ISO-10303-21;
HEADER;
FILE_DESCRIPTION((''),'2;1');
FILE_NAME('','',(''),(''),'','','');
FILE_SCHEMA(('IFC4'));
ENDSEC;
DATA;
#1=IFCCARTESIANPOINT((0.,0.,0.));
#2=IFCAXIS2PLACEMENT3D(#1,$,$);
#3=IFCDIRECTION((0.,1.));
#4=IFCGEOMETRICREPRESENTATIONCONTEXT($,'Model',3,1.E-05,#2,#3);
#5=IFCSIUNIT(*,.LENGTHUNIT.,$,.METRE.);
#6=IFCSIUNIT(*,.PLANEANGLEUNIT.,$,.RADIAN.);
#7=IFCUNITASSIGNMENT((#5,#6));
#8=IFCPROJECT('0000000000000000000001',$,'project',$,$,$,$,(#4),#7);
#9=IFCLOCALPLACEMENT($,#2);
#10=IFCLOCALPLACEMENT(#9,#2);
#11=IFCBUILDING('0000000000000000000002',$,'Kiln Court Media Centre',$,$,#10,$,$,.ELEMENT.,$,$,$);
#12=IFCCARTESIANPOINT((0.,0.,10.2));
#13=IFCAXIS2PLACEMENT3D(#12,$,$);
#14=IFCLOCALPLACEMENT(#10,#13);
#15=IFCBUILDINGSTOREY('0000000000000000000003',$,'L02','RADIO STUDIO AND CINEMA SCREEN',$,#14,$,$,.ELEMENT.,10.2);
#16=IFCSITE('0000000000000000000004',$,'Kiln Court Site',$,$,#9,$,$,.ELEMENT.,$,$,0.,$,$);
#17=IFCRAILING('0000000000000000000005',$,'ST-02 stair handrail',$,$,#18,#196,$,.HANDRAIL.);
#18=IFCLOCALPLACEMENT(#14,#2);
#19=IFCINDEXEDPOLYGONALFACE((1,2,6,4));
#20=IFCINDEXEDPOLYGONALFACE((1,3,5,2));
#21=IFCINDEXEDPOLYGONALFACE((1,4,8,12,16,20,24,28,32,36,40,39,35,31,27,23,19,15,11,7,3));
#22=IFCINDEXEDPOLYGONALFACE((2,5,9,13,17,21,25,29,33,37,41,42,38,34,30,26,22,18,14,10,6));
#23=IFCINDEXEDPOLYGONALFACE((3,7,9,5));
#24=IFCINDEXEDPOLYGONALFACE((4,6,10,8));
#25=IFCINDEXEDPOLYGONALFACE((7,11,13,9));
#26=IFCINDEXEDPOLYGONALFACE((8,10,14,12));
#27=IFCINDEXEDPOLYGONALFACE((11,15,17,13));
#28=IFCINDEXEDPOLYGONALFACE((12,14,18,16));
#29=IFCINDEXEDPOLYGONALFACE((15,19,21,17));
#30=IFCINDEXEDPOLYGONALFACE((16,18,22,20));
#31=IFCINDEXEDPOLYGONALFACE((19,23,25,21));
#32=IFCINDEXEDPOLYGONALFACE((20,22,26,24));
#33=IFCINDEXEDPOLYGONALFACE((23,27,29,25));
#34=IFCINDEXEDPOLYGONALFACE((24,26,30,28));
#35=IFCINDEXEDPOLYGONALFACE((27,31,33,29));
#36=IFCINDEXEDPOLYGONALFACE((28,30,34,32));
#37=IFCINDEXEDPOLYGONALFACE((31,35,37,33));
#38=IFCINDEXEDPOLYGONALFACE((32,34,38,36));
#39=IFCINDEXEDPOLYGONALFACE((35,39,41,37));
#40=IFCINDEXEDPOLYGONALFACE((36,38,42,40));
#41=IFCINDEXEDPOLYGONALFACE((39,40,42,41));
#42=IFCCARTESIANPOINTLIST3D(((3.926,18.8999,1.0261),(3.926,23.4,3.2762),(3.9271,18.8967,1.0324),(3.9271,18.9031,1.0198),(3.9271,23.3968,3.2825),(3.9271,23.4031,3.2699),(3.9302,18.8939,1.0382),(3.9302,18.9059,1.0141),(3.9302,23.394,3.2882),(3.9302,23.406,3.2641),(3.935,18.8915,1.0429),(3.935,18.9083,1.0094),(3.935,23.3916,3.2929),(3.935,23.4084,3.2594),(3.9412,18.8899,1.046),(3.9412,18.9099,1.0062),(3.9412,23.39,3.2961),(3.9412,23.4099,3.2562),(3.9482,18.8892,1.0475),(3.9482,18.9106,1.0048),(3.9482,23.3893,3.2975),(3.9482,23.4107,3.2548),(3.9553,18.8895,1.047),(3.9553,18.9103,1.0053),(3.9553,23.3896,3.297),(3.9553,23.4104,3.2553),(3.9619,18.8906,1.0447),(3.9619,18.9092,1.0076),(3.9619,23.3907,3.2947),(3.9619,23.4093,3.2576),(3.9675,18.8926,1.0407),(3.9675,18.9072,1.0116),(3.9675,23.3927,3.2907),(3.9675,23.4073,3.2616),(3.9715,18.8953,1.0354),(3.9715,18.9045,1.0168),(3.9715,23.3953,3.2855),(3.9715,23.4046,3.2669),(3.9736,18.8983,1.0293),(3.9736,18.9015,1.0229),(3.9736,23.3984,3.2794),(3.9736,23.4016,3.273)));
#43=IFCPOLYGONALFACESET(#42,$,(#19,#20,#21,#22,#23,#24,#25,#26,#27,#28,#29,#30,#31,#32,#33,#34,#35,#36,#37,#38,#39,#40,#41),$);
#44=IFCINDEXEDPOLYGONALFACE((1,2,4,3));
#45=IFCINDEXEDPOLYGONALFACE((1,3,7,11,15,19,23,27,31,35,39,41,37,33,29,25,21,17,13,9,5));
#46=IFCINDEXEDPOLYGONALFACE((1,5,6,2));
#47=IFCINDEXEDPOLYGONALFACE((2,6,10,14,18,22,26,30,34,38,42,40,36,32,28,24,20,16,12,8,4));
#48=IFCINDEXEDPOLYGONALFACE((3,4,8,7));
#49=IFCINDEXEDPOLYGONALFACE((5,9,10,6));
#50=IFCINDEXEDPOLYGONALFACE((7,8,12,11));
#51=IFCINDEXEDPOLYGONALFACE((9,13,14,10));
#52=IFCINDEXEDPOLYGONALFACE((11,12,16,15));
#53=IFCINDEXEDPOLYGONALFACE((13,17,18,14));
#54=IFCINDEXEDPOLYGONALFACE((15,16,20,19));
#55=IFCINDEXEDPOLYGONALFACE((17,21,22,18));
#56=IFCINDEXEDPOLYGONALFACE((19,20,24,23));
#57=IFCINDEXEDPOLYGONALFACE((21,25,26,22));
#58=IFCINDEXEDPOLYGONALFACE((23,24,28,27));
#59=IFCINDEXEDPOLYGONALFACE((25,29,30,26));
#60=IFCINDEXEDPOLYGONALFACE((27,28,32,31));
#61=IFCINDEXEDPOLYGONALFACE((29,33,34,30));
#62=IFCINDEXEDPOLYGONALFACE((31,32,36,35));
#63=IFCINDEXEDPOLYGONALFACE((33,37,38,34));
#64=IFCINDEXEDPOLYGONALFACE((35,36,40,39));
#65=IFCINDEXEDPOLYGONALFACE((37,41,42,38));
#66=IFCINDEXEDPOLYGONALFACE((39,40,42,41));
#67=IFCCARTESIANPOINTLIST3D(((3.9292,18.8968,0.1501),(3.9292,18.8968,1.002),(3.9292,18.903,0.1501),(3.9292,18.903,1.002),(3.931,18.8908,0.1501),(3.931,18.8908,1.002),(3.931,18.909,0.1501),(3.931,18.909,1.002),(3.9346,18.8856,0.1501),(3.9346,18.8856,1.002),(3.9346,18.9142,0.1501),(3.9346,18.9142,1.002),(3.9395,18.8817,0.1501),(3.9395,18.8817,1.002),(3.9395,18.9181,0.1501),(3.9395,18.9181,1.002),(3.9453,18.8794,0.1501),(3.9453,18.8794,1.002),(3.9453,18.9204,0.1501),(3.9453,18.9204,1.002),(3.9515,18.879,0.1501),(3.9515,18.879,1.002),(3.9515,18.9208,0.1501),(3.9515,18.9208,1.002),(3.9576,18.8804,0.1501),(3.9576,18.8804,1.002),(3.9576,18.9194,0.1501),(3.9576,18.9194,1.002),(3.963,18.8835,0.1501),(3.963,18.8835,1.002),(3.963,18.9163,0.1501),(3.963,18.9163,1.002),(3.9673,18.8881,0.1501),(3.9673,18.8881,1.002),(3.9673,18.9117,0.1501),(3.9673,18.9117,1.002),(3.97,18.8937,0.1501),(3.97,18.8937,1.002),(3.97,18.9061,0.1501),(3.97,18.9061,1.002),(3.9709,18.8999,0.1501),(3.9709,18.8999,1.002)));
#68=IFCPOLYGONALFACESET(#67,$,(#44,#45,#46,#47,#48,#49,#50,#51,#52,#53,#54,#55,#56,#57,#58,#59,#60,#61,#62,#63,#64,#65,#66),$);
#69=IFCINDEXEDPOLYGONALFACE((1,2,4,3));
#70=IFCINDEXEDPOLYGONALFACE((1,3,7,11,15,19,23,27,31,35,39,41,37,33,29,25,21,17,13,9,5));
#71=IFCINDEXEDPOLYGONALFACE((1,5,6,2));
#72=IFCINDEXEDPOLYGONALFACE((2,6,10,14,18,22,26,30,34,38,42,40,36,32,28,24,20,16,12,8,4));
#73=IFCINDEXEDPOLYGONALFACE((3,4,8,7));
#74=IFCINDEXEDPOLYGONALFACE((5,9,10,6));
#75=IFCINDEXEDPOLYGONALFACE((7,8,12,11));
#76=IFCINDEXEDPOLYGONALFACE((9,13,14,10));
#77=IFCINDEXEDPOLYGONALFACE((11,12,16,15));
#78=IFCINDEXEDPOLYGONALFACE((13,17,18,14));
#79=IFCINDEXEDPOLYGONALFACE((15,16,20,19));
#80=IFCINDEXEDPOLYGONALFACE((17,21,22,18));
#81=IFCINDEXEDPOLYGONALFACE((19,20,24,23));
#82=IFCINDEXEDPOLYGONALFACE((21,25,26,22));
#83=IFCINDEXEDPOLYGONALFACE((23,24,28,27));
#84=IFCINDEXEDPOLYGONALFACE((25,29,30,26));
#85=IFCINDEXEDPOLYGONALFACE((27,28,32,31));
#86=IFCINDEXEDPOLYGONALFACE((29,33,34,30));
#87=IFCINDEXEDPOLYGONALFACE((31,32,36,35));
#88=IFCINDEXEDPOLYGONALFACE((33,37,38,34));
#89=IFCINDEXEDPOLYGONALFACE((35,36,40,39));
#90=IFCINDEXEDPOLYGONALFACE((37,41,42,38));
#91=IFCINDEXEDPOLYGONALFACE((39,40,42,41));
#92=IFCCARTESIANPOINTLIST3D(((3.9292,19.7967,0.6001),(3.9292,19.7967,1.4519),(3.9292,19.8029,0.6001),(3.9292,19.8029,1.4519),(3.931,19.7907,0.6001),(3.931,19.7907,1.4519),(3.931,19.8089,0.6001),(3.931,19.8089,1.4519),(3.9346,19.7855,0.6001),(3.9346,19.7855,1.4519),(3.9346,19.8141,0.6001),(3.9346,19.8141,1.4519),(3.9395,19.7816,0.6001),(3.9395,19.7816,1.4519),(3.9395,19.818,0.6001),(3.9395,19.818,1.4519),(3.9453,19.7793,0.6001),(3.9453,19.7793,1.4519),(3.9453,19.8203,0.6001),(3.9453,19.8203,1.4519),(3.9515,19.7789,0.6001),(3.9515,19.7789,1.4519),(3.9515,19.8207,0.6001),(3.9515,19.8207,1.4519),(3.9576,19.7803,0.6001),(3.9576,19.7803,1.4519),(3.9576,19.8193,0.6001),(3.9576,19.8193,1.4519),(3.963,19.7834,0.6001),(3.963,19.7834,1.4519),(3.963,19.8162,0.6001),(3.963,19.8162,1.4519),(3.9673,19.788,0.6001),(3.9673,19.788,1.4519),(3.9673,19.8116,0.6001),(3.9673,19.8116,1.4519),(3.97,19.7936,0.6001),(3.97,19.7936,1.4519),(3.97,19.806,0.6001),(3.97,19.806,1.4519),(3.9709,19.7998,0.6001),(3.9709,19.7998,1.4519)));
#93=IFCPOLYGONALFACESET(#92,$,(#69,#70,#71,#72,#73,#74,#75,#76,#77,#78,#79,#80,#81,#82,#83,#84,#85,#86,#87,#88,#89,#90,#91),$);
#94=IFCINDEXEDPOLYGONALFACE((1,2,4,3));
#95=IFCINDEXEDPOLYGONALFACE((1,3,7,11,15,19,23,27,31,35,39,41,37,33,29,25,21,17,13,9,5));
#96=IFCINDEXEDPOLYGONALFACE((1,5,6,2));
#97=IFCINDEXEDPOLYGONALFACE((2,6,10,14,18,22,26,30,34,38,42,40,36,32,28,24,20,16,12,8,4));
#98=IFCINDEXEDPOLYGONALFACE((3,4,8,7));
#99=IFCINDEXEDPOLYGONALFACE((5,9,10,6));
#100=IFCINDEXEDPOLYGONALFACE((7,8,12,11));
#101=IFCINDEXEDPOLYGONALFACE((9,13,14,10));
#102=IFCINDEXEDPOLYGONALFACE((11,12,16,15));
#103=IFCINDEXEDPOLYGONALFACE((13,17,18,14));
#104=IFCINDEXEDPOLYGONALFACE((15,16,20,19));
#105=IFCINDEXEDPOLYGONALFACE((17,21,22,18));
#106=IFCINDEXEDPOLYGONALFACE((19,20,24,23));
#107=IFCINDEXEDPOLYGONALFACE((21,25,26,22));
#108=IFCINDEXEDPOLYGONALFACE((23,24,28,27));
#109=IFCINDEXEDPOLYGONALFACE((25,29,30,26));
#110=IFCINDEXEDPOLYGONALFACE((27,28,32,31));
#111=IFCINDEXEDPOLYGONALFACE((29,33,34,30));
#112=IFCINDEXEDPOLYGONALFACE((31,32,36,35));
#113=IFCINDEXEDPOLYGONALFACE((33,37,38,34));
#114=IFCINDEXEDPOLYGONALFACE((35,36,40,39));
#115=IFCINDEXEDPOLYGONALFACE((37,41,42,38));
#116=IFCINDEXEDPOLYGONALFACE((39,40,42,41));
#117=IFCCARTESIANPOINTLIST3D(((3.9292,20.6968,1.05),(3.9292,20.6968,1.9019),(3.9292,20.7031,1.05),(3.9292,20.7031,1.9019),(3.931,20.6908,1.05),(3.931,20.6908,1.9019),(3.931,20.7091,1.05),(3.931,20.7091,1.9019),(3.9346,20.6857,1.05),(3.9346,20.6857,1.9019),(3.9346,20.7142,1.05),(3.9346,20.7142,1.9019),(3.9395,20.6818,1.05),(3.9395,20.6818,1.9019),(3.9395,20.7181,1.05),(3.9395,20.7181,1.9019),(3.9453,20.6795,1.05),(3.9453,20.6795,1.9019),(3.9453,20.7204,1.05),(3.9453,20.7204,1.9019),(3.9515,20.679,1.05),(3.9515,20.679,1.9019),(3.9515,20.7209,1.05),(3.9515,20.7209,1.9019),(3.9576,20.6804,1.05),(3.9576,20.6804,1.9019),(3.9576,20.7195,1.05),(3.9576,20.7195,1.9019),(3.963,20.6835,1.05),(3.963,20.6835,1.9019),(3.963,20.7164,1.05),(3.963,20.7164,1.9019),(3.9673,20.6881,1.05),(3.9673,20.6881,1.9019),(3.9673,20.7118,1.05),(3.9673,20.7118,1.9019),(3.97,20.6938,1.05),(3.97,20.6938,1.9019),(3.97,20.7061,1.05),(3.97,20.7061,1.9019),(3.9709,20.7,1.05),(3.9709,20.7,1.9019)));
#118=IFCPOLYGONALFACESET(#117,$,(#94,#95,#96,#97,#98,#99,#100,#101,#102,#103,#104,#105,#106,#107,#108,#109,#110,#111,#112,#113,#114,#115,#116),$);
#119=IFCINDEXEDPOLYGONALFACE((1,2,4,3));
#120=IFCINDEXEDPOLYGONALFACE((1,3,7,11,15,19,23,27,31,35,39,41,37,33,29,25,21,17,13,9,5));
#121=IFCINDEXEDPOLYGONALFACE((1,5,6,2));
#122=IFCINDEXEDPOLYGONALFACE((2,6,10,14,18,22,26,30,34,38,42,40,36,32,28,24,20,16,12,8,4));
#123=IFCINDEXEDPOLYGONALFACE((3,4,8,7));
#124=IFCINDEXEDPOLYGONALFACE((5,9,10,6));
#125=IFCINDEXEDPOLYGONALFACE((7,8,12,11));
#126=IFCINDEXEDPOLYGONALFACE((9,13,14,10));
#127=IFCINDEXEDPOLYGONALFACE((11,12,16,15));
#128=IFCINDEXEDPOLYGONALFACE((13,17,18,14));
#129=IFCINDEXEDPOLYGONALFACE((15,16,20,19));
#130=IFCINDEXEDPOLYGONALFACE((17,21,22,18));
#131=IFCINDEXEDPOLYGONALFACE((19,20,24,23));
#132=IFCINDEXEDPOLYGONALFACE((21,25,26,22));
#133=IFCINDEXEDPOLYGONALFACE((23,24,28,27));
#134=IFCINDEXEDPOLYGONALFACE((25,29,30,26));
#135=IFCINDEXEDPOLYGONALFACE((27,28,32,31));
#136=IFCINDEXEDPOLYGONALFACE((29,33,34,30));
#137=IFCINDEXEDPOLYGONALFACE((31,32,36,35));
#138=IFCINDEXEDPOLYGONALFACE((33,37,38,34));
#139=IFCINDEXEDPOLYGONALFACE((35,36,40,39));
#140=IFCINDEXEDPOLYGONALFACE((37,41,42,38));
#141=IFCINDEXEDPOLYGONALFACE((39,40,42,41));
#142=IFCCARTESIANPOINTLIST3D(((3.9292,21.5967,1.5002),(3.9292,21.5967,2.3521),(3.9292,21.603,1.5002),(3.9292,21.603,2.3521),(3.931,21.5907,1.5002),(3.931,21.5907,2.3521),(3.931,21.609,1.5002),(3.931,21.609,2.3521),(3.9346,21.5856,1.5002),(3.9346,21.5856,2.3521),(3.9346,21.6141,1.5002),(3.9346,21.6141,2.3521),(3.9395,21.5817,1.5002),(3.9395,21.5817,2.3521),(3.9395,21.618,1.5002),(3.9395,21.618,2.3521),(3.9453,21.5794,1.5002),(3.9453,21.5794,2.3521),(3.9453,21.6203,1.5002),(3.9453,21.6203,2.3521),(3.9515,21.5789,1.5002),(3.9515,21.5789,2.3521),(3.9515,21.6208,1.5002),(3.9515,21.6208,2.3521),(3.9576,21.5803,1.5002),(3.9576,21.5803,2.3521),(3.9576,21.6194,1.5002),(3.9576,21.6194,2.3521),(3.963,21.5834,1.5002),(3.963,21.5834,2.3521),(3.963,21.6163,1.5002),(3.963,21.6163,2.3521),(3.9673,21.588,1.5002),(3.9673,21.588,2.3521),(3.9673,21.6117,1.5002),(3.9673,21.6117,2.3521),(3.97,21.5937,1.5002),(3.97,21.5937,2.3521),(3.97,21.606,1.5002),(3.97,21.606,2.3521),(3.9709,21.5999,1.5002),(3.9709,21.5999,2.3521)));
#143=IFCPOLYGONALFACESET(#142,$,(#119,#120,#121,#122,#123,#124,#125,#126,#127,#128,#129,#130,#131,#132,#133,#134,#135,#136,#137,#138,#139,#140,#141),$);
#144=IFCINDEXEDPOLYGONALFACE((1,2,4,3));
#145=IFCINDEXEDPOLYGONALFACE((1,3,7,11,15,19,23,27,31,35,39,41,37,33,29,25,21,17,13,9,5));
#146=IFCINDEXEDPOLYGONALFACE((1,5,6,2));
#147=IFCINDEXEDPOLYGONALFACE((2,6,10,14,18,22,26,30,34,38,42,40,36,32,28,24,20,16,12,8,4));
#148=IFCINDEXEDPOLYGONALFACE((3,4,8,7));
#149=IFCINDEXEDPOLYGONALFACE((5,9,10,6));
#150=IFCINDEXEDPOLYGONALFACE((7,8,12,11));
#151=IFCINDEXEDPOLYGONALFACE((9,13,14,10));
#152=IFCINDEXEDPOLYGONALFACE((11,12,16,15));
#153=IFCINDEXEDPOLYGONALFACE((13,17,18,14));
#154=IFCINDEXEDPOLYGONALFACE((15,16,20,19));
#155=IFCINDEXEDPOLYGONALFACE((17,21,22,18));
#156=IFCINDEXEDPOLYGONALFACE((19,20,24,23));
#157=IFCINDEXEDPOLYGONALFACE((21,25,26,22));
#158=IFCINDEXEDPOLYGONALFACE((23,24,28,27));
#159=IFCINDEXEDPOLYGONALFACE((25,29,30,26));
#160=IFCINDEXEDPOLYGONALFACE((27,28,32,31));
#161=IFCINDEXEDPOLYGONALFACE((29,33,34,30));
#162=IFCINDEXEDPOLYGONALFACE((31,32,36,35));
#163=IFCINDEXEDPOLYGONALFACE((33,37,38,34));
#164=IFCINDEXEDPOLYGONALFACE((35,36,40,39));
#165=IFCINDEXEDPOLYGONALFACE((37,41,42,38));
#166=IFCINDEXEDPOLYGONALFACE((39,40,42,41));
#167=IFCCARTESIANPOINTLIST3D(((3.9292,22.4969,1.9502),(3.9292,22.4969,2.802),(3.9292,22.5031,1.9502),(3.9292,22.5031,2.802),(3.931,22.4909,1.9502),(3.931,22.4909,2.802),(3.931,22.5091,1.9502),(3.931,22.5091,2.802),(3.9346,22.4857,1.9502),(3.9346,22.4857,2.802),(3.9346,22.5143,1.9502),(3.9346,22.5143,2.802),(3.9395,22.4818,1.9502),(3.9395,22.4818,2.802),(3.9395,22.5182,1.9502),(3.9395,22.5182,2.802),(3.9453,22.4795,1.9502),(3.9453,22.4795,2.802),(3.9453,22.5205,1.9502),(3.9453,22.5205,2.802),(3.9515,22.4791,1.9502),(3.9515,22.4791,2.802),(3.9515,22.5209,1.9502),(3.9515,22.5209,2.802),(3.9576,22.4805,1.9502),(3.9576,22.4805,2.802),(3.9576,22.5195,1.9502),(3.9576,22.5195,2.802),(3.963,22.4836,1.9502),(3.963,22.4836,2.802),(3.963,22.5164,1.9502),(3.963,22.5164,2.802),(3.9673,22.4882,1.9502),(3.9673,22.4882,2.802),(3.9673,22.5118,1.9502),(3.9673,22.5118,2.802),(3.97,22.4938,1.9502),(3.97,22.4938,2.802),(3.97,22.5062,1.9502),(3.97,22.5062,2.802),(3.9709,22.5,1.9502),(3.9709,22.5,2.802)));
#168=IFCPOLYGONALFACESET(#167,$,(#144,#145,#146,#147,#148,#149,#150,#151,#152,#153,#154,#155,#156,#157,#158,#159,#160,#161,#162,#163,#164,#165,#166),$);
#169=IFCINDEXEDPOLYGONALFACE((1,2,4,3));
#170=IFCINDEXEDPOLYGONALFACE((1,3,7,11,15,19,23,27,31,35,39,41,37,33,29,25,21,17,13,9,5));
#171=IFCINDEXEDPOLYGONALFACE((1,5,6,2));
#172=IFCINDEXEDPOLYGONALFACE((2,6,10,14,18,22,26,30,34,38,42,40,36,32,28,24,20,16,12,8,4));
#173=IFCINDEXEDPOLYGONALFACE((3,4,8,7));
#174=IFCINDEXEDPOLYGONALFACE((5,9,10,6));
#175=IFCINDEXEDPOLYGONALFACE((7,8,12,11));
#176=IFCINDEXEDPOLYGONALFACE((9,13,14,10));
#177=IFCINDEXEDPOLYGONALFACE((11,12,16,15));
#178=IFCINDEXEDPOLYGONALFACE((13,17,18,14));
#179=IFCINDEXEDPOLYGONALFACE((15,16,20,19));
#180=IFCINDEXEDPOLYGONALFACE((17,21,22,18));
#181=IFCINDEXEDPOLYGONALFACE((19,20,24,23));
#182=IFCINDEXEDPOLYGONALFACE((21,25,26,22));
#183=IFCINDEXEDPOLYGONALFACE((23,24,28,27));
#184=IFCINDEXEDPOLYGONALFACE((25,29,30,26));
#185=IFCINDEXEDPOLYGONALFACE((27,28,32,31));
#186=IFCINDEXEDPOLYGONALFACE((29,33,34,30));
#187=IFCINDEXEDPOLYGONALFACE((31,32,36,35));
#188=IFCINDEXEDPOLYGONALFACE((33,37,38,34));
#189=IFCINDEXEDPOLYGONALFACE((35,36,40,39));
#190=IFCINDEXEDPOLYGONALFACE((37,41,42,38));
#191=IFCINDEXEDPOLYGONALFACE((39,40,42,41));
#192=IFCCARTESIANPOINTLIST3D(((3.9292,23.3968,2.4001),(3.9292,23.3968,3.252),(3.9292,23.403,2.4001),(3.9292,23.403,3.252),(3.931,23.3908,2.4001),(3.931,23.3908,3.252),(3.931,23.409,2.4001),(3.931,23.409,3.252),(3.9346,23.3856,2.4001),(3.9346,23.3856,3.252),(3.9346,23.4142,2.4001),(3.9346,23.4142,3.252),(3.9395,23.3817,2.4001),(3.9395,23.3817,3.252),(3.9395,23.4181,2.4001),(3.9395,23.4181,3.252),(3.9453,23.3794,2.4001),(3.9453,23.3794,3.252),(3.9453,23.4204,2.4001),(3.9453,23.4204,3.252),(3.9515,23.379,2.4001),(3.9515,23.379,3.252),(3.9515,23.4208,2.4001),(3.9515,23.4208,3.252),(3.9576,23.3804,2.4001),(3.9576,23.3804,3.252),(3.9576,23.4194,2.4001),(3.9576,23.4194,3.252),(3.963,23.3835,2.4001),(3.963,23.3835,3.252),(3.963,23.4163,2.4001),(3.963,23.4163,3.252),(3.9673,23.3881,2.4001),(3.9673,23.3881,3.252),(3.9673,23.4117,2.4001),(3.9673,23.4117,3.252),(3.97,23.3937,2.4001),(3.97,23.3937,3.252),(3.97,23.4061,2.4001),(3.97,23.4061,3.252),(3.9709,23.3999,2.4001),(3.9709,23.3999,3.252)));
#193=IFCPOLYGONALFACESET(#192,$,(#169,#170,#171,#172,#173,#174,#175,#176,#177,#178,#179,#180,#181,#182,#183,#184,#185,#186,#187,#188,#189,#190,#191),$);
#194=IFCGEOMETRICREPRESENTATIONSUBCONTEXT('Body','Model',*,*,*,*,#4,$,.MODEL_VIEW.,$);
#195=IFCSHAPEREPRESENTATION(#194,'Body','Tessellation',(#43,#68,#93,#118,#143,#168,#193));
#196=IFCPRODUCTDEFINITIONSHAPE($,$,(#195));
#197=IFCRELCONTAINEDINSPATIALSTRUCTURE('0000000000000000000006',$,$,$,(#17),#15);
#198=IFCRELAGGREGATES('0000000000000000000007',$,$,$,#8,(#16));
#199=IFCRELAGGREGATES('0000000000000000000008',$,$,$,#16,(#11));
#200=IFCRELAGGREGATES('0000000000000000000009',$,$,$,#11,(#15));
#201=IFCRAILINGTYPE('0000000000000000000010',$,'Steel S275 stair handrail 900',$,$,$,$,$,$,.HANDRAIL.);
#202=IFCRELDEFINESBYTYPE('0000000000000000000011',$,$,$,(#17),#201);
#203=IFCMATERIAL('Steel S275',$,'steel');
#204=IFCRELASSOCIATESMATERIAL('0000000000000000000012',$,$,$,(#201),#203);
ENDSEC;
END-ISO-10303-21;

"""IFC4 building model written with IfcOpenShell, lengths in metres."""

from ifc_helpers import new_model, si_unit, direction, frame, origin, origin_2d, place, context, subcontext, project, spatial, circle, extrude, material, type_object, element, save


model = new_model("IFC4")

# Units and contexts
model_context = context("Model", 3, precision=1e-05, world=origin(), true_north=direction((0.0, 1.0)))
body_context = subcontext(model_context, "Body", "Model", "MODEL_VIEW")
ifc_project = project(units=[si_unit("LENGTHUNIT", "METRE"), si_unit("PLANEANGLEUNIT", "RADIAN")], contexts=[model_context])

# Site, building, storey
site_placement = place(None, origin())
site = spatial("IfcSite", under=ifc_project, at=site_placement, Name="Kiln Court Site", CompositionType="ELEMENT", RefElevation=0.0)
building_placement = place(site_placement, origin())
building = spatial("IfcBuilding", under=site, at=building_placement, Name="Kiln Court Media Centre", CompositionType="ELEMENT")
storey_placement = place(building_placement, frame((0.0, 0.0, 10.2)))
storey = spatial("IfcBuildingStorey", under=building, at=storey_placement, Name="L02", Description="RADIO STUDIO AND CINEMA SCREEN", CompositionType="ELEMENT", Elevation=10.2)

# Railing
ifc_material_1 = material(Name="Steel S275", Category="steel")
railing_type_1 = type_object("IfcRailingType", Name="Steel S275 stair handrail 900", PredefinedType="HANDRAIL", material=ifc_material_1)
railing_1_placement = place(storey_placement, frame((3.95, 18.8999, 0.1501)))
element("IfcRailing", 1, at=railing_1_placement, inside=storey, type_object=railing_type_1, Name="ST-02 stair handrail", PredefinedType="HANDRAIL", context=body_context, shape_type="SweptSolid", body=[
    extrude(circle(Radius=0.0239, at=origin_2d()), frame((0.0, 0.0, 0.876), z_axis=(0.0, 0.894427, 0.447214), x_axis=(-1.0, 0.0, 0.0)), (0.0, 0.0, 1.0), 5.0312),
    extrude(circle(Radius=0.021, at=origin_2d()), origin(), (0.0, 0.0, 1.0), 0.8518),
    extrude(circle(Radius=0.021, at=origin_2d()), frame((0.0, 0.8999, 0.45)), (0.0, 0.0, 1.0), 0.8518),
    extrude(circle(Radius=0.021, at=origin_2d()), frame((0.0, 1.8, 0.8999)), (0.0, 0.0, 1.0), 0.8518),
    extrude(circle(Radius=0.021, at=origin_2d()), frame((0.0, 2.7, 1.3501)), (0.0, 0.0, 1.0), 0.8518),
    extrude(circle(Radius=0.021, at=origin_2d()), frame((0.0, 3.6001, 1.8)), (0.0, 0.0, 1.0), 0.8518),
    extrude(circle(Radius=0.021, at=origin_2d()), frame((0.0, 4.5, 2.25)), (0.0, 0.0, 1.0), 0.8518),
])

save(model, "model.ifc")
